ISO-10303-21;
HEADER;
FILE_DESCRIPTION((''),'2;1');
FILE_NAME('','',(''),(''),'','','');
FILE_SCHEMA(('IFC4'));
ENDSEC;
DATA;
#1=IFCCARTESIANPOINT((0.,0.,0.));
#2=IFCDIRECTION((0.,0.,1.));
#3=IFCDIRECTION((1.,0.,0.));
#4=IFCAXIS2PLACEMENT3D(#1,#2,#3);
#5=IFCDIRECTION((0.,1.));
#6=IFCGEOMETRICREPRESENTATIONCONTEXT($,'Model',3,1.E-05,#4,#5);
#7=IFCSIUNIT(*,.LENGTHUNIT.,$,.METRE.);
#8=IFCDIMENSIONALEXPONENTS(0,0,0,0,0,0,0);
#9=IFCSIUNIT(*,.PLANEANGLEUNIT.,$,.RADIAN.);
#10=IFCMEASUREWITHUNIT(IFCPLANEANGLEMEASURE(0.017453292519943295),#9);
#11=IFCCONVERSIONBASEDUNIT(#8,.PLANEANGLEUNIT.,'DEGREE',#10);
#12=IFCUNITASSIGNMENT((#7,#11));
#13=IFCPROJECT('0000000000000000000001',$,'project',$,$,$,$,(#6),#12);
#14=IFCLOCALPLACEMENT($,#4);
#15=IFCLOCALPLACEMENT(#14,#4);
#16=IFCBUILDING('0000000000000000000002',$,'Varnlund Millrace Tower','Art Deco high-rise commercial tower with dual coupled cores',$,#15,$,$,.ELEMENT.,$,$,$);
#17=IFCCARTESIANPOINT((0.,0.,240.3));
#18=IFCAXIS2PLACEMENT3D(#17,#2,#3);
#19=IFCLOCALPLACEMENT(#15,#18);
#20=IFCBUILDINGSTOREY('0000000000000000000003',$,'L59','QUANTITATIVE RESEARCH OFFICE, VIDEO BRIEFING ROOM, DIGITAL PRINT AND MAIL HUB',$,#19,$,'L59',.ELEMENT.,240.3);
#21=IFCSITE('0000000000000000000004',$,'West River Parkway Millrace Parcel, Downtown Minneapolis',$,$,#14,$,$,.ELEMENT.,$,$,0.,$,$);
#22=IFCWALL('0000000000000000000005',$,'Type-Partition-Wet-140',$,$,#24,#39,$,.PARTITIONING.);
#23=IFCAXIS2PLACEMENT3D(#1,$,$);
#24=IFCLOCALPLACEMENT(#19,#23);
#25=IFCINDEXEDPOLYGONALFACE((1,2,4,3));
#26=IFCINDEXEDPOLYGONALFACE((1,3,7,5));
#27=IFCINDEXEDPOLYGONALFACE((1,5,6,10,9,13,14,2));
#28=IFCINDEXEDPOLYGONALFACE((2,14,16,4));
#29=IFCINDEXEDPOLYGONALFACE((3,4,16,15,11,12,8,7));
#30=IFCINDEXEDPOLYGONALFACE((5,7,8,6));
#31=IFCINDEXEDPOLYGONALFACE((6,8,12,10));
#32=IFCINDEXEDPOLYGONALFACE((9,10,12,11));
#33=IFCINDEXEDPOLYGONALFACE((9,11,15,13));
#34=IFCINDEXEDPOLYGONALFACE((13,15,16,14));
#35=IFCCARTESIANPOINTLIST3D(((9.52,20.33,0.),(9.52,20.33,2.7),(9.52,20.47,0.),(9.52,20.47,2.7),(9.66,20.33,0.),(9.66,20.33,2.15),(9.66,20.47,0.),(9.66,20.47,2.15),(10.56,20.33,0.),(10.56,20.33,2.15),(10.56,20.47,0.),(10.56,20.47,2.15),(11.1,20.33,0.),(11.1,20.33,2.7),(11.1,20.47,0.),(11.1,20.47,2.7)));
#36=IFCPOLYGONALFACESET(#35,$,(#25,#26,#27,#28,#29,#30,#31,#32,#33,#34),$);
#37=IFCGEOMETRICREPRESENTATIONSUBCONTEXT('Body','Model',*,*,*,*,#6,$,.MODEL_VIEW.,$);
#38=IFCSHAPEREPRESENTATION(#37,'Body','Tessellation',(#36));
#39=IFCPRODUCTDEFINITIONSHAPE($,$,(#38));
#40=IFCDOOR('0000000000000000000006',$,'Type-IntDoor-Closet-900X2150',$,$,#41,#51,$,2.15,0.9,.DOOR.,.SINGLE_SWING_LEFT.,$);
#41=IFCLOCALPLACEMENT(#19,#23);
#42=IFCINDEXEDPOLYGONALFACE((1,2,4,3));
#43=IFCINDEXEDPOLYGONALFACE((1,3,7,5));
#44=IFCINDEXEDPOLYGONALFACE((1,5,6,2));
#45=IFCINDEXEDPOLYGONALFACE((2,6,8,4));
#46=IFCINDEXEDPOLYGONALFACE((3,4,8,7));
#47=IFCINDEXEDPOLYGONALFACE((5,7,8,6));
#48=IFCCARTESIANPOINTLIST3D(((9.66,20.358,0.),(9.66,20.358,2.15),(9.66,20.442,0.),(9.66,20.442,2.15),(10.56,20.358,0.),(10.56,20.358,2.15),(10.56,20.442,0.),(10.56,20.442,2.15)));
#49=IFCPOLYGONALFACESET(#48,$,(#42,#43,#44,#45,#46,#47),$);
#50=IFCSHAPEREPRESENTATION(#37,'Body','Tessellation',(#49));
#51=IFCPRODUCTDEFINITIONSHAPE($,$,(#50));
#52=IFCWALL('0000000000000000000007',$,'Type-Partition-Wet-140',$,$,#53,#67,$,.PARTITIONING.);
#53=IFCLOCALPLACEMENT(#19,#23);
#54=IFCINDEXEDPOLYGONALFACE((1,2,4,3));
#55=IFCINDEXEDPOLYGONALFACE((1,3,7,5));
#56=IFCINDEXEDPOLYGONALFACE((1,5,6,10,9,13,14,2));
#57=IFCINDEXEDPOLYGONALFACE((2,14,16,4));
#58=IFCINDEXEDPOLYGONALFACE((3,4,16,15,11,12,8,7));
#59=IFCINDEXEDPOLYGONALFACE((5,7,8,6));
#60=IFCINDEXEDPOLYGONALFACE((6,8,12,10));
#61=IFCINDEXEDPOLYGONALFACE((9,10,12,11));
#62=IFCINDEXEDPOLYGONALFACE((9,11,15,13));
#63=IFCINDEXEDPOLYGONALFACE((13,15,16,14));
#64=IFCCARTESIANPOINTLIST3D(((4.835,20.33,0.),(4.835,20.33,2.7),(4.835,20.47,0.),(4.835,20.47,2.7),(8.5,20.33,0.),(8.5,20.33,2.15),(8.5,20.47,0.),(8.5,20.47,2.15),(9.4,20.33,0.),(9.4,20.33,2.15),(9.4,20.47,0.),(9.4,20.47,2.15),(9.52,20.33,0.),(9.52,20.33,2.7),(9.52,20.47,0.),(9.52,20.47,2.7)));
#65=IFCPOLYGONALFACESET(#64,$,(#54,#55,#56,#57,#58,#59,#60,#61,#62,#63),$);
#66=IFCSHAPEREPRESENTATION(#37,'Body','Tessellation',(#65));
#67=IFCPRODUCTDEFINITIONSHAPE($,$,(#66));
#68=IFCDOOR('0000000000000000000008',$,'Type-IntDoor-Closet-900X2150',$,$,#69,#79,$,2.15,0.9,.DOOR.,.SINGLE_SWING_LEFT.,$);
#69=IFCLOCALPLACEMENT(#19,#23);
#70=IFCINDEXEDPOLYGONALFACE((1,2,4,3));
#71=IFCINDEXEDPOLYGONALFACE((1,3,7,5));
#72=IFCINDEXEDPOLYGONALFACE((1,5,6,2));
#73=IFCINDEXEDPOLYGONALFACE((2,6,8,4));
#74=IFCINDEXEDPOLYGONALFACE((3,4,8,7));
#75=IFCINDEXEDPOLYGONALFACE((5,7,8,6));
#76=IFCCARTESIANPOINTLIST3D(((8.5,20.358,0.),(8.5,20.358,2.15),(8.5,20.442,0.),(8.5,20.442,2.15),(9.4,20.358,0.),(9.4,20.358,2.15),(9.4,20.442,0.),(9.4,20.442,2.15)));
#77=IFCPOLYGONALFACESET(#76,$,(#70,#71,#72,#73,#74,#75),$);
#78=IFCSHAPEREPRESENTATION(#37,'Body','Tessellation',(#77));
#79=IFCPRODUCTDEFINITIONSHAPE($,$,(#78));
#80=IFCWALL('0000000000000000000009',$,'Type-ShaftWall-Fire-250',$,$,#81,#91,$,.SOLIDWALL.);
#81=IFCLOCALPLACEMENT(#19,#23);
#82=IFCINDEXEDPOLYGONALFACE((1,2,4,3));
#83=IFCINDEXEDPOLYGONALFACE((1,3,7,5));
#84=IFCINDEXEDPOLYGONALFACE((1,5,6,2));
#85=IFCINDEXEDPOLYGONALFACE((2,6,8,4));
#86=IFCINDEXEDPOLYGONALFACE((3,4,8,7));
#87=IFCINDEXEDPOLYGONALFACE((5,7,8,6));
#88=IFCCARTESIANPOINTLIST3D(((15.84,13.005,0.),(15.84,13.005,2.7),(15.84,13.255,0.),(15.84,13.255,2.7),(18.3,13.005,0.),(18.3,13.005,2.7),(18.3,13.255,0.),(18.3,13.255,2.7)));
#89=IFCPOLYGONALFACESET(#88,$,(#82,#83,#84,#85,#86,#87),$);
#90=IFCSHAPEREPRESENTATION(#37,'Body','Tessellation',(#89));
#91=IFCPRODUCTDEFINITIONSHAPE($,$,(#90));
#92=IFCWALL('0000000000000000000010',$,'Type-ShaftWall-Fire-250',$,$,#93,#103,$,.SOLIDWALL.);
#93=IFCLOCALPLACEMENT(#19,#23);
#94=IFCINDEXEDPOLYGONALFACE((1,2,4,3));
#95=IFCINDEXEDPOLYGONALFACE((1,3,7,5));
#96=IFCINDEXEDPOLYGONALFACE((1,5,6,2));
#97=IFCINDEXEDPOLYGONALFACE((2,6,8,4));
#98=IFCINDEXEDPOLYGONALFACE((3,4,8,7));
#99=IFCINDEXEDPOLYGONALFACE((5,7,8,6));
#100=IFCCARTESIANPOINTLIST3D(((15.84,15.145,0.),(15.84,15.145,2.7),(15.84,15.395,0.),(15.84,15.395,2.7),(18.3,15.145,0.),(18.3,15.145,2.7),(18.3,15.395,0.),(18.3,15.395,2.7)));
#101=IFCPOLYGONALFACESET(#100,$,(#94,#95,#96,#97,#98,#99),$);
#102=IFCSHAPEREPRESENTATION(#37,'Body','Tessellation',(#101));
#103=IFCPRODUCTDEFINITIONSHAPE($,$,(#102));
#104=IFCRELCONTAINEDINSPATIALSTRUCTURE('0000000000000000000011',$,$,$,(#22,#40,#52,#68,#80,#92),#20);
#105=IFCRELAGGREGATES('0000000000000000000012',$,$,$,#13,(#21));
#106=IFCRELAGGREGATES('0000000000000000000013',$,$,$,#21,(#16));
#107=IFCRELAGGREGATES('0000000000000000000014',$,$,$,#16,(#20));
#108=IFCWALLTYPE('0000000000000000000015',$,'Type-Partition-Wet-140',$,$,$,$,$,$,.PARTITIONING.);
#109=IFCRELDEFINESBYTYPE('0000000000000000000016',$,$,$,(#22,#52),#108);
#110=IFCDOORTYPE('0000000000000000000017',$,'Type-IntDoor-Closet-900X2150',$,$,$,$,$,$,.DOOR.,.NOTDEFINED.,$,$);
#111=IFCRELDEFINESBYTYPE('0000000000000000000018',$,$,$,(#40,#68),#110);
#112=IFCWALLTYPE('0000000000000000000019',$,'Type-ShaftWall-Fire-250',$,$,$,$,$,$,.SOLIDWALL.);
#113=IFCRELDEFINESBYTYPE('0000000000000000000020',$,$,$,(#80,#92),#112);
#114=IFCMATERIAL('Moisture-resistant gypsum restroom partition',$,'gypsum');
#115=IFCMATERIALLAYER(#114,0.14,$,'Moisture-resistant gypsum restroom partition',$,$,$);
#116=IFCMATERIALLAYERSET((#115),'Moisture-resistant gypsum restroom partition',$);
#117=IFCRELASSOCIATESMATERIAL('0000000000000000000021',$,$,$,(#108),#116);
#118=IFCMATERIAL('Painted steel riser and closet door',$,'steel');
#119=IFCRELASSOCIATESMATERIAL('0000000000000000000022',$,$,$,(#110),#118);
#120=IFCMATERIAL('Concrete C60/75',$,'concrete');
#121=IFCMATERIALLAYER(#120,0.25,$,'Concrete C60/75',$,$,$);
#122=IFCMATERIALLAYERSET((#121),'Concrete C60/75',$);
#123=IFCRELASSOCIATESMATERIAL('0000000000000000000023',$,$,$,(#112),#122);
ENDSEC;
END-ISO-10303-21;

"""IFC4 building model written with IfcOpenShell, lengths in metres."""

from ifc_helpers import new_model, entity, si_unit, converted_unit, direction, frame, origin_with_axes, origin_2d_with_axis, place, context, subcontext, project, spatial, polyline, rectangle, outline, extrude, material, layer, layer_set, type_object, element, fill, save


model = new_model("IFC4")

# Units and contexts
model_context = context("Model", 3, precision=1e-05, world=origin_with_axes(), true_north=direction((0.0, 1.0)))
body_context = subcontext(model_context, "Body", "Model", "MODEL_VIEW")
ifc_project = project(units=[si_unit("LENGTHUNIT", "METRE"), converted_unit("PLANEANGLEUNIT", "DEGREE", entity("IfcPlaneAngleMeasure", 0.017453292519943295), si_unit("PLANEANGLEUNIT", "RADIAN"), dimensions=[0, 0, 0, 0, 0, 0, 0])], contexts=[model_context])

# Site, building, storey
site_placement = place(None, origin_with_axes())
site = spatial("IfcSite", under=ifc_project, at=site_placement, Name="West River Parkway Millrace Parcel, Downtown Minneapolis", CompositionType="ELEMENT", RefElevation=0.0)
building_placement = place(site_placement, origin_with_axes())
building = spatial("IfcBuilding", under=site, at=building_placement, Name="Varnlund Millrace Tower", Description="Art Deco high-rise commercial tower with dual coupled cores", CompositionType="ELEMENT")
storey_placement = place(building_placement, frame((0.0, 0.0, 240.3), z_axis=(0.0, 0.0, 1.0), x_axis=(1.0, 0.0, 0.0)))
storey = spatial("IfcBuildingStorey", under=building, at=storey_placement, Name="L59", Description="QUANTITATIVE RESEARCH OFFICE, VIDEO BRIEFING ROOM, DIGITAL PRINT AND MAIL HUB", LongName="L59", CompositionType="ELEMENT", Elevation=240.3)

# Shared definitions
ifc_material_1 = material(Name="Moisture-resistant gypsum restroom partition", Category="gypsum")
ifc_layer_1 = layer(ifc_material_1, 0.14, Name="Moisture-resistant gypsum restroom partition")
ifc_layer_set_1 = layer_set([ifc_layer_1], Name="Moisture-resistant gypsum restroom partition")
wall_type_1 = type_object("IfcWallType", Name="Type-Partition-Wet-140", PredefinedType="PARTITIONING", material=ifc_layer_set_1)

# Walls, openings, doors
wall_1_placement = place(storey_placement, frame((9.52, 20.4, 0.0), z_axis=(0.0, 0.0, 1.0), x_axis=(1.0, 0.0, 0.0)))
wall_1 = element("IfcWall", 1, at=wall_1_placement, inside=storey, type_object=wall_type_1, Name="Type-Partition-Wet-140", PredefinedType="PARTITIONING", context=body_context, shape_type="SweptSolid", body=[
    extrude(outline(polyline([(0.0, -0.07), (1.58, -0.07), (1.58, 0.07), (0.0, 0.07), (0.0, -0.07)])), origin_with_axes(), (0.0, 0.0, 1.0), 2.7),
])
opening_1_placement = place(wall_1_placement, frame((0.59, 0.0, 0.0), z_axis=(0.0, 0.0, 1.0), x_axis=(1.0, 0.0, 0.0)))
opening_1 = element("IfcOpeningElement", 2, at=opening_1_placement, cuts=wall_1, PredefinedType="OPENING", context=body_context, shape_type="SweptSolid", body=[
    extrude(rectangle(XDim=0.9, YDim=0.16, at=origin_2d_with_axis()), origin_with_axes(), (0.0, 0.0, 1.0), 2.15),
])
ifc_material_2 = material(Name="Painted steel riser and closet door", Category="steel")
door_type_1 = type_object("IfcDoorType", Name="Type-IntDoor-Closet-900X2150", OperationType="NOTDEFINED", PredefinedType="DOOR", material=ifc_material_2)
door_1_placement = place(wall_1_placement, frame((0.59, 0.0, 0.0), z_axis=(0.0, 0.0, 1.0), x_axis=(1.0, 0.0, 0.0)))
door_1 = element("IfcDoor", 3, at=door_1_placement, inside=storey, type_object=door_type_1, Name="Type-IntDoor-Closet-900X2150", OperationType="SINGLE_SWING_LEFT", OverallHeight=2.15, OverallWidth=0.9, PredefinedType="DOOR", context=body_context, shape_type="SweptSolid", body=[
    extrude(rectangle(XDim=0.9, YDim=0.084, at=origin_2d_with_axis()), origin_with_axes(), (0.0, 0.0, 1.0), 2.15),
])
fill(opening_1, door_1)
wall_2_placement = place(storey_placement, frame((4.835, 20.4, 0.0), z_axis=(0.0, 0.0, 1.0), x_axis=(1.0, 0.0, 0.0)))
wall_2 = element("IfcWall", 4, at=wall_2_placement, inside=storey, type_object=wall_type_1, Name="Type-Partition-Wet-140", PredefinedType="PARTITIONING", context=body_context, shape_type="SweptSolid", body=[
    extrude(outline(polyline([(0.0, -0.07), (4.685, -0.07), (4.685, 0.07), (0.0, 0.07), (0.0, -0.07)])), origin_with_axes(), (0.0, 0.0, 1.0), 2.7),
])
opening_2_placement = place(wall_2_placement, frame((4.115, 0.0, 0.0), z_axis=(0.0, 0.0, 1.0), x_axis=(1.0, 0.0, 0.0)))
opening_2 = element("IfcOpeningElement", 5, at=opening_2_placement, cuts=wall_2, PredefinedType="OPENING", context=body_context, shape_type="SweptSolid", body=[
    extrude(rectangle(XDim=0.9, YDim=0.16, at=origin_2d_with_axis()), origin_with_axes(), (0.0, 0.0, 1.0), 2.15),
])
door_2_placement = place(wall_2_placement, frame((4.115, 0.0, 0.0), z_axis=(0.0, 0.0, 1.0), x_axis=(1.0, 0.0, 0.0)))
door_2 = element("IfcDoor", 6, at=door_2_placement, inside=storey, type_object=door_type_1, Name="Type-IntDoor-Closet-900X2150", OperationType="SINGLE_SWING_LEFT", OverallHeight=2.15, OverallWidth=0.9, PredefinedType="DOOR", context=body_context, shape_type="SweptSolid", body=[
    extrude(rectangle(XDim=0.9, YDim=0.084, at=origin_2d_with_axis()), origin_with_axes(), (0.0, 0.0, 1.0), 2.15),
])
fill(opening_2, door_2)

# Walls
ifc_material_3 = material(Name="Concrete C60/75", Category="concrete")
ifc_layer_2 = layer(ifc_material_3, 0.25, Name="Concrete C60/75")
ifc_layer_set_2 = layer_set([ifc_layer_2], Name="Concrete C60/75")
wall_type_2 = type_object("IfcWallType", Name="Type-ShaftWall-Fire-250", PredefinedType="SOLIDWALL", material=ifc_layer_set_2)
for number, where, z_axis, x_axis, name in (
    (7, (15.84, 13.13, 0.0), (0.0, 0.0, 1.0), (1.0, 0.0, 0.0), "Type-ShaftWall-Fire-250"),
    (8, (15.84, 15.27, 0.0), (0.0, 0.0, 1.0), (1.0, 0.0, 0.0), "Type-ShaftWall-Fire-250"),
):
    element("IfcWall", number, at=place(storey_placement, frame(where, z_axis=z_axis, x_axis=x_axis)), inside=storey, type_object=wall_type_2, Name=name, PredefinedType="SOLIDWALL", context=body_context, shape_type="SweptSolid", body=[
        extrude(outline(polyline([(0.0, -0.125), (2.46, -0.125), (2.46, 0.125), (0.0, 0.125), (0.0, -0.125)])), origin_with_axes(), (0.0, 0.0, 1.0), 2.7),
    ])

save(model, "model.ifc")
